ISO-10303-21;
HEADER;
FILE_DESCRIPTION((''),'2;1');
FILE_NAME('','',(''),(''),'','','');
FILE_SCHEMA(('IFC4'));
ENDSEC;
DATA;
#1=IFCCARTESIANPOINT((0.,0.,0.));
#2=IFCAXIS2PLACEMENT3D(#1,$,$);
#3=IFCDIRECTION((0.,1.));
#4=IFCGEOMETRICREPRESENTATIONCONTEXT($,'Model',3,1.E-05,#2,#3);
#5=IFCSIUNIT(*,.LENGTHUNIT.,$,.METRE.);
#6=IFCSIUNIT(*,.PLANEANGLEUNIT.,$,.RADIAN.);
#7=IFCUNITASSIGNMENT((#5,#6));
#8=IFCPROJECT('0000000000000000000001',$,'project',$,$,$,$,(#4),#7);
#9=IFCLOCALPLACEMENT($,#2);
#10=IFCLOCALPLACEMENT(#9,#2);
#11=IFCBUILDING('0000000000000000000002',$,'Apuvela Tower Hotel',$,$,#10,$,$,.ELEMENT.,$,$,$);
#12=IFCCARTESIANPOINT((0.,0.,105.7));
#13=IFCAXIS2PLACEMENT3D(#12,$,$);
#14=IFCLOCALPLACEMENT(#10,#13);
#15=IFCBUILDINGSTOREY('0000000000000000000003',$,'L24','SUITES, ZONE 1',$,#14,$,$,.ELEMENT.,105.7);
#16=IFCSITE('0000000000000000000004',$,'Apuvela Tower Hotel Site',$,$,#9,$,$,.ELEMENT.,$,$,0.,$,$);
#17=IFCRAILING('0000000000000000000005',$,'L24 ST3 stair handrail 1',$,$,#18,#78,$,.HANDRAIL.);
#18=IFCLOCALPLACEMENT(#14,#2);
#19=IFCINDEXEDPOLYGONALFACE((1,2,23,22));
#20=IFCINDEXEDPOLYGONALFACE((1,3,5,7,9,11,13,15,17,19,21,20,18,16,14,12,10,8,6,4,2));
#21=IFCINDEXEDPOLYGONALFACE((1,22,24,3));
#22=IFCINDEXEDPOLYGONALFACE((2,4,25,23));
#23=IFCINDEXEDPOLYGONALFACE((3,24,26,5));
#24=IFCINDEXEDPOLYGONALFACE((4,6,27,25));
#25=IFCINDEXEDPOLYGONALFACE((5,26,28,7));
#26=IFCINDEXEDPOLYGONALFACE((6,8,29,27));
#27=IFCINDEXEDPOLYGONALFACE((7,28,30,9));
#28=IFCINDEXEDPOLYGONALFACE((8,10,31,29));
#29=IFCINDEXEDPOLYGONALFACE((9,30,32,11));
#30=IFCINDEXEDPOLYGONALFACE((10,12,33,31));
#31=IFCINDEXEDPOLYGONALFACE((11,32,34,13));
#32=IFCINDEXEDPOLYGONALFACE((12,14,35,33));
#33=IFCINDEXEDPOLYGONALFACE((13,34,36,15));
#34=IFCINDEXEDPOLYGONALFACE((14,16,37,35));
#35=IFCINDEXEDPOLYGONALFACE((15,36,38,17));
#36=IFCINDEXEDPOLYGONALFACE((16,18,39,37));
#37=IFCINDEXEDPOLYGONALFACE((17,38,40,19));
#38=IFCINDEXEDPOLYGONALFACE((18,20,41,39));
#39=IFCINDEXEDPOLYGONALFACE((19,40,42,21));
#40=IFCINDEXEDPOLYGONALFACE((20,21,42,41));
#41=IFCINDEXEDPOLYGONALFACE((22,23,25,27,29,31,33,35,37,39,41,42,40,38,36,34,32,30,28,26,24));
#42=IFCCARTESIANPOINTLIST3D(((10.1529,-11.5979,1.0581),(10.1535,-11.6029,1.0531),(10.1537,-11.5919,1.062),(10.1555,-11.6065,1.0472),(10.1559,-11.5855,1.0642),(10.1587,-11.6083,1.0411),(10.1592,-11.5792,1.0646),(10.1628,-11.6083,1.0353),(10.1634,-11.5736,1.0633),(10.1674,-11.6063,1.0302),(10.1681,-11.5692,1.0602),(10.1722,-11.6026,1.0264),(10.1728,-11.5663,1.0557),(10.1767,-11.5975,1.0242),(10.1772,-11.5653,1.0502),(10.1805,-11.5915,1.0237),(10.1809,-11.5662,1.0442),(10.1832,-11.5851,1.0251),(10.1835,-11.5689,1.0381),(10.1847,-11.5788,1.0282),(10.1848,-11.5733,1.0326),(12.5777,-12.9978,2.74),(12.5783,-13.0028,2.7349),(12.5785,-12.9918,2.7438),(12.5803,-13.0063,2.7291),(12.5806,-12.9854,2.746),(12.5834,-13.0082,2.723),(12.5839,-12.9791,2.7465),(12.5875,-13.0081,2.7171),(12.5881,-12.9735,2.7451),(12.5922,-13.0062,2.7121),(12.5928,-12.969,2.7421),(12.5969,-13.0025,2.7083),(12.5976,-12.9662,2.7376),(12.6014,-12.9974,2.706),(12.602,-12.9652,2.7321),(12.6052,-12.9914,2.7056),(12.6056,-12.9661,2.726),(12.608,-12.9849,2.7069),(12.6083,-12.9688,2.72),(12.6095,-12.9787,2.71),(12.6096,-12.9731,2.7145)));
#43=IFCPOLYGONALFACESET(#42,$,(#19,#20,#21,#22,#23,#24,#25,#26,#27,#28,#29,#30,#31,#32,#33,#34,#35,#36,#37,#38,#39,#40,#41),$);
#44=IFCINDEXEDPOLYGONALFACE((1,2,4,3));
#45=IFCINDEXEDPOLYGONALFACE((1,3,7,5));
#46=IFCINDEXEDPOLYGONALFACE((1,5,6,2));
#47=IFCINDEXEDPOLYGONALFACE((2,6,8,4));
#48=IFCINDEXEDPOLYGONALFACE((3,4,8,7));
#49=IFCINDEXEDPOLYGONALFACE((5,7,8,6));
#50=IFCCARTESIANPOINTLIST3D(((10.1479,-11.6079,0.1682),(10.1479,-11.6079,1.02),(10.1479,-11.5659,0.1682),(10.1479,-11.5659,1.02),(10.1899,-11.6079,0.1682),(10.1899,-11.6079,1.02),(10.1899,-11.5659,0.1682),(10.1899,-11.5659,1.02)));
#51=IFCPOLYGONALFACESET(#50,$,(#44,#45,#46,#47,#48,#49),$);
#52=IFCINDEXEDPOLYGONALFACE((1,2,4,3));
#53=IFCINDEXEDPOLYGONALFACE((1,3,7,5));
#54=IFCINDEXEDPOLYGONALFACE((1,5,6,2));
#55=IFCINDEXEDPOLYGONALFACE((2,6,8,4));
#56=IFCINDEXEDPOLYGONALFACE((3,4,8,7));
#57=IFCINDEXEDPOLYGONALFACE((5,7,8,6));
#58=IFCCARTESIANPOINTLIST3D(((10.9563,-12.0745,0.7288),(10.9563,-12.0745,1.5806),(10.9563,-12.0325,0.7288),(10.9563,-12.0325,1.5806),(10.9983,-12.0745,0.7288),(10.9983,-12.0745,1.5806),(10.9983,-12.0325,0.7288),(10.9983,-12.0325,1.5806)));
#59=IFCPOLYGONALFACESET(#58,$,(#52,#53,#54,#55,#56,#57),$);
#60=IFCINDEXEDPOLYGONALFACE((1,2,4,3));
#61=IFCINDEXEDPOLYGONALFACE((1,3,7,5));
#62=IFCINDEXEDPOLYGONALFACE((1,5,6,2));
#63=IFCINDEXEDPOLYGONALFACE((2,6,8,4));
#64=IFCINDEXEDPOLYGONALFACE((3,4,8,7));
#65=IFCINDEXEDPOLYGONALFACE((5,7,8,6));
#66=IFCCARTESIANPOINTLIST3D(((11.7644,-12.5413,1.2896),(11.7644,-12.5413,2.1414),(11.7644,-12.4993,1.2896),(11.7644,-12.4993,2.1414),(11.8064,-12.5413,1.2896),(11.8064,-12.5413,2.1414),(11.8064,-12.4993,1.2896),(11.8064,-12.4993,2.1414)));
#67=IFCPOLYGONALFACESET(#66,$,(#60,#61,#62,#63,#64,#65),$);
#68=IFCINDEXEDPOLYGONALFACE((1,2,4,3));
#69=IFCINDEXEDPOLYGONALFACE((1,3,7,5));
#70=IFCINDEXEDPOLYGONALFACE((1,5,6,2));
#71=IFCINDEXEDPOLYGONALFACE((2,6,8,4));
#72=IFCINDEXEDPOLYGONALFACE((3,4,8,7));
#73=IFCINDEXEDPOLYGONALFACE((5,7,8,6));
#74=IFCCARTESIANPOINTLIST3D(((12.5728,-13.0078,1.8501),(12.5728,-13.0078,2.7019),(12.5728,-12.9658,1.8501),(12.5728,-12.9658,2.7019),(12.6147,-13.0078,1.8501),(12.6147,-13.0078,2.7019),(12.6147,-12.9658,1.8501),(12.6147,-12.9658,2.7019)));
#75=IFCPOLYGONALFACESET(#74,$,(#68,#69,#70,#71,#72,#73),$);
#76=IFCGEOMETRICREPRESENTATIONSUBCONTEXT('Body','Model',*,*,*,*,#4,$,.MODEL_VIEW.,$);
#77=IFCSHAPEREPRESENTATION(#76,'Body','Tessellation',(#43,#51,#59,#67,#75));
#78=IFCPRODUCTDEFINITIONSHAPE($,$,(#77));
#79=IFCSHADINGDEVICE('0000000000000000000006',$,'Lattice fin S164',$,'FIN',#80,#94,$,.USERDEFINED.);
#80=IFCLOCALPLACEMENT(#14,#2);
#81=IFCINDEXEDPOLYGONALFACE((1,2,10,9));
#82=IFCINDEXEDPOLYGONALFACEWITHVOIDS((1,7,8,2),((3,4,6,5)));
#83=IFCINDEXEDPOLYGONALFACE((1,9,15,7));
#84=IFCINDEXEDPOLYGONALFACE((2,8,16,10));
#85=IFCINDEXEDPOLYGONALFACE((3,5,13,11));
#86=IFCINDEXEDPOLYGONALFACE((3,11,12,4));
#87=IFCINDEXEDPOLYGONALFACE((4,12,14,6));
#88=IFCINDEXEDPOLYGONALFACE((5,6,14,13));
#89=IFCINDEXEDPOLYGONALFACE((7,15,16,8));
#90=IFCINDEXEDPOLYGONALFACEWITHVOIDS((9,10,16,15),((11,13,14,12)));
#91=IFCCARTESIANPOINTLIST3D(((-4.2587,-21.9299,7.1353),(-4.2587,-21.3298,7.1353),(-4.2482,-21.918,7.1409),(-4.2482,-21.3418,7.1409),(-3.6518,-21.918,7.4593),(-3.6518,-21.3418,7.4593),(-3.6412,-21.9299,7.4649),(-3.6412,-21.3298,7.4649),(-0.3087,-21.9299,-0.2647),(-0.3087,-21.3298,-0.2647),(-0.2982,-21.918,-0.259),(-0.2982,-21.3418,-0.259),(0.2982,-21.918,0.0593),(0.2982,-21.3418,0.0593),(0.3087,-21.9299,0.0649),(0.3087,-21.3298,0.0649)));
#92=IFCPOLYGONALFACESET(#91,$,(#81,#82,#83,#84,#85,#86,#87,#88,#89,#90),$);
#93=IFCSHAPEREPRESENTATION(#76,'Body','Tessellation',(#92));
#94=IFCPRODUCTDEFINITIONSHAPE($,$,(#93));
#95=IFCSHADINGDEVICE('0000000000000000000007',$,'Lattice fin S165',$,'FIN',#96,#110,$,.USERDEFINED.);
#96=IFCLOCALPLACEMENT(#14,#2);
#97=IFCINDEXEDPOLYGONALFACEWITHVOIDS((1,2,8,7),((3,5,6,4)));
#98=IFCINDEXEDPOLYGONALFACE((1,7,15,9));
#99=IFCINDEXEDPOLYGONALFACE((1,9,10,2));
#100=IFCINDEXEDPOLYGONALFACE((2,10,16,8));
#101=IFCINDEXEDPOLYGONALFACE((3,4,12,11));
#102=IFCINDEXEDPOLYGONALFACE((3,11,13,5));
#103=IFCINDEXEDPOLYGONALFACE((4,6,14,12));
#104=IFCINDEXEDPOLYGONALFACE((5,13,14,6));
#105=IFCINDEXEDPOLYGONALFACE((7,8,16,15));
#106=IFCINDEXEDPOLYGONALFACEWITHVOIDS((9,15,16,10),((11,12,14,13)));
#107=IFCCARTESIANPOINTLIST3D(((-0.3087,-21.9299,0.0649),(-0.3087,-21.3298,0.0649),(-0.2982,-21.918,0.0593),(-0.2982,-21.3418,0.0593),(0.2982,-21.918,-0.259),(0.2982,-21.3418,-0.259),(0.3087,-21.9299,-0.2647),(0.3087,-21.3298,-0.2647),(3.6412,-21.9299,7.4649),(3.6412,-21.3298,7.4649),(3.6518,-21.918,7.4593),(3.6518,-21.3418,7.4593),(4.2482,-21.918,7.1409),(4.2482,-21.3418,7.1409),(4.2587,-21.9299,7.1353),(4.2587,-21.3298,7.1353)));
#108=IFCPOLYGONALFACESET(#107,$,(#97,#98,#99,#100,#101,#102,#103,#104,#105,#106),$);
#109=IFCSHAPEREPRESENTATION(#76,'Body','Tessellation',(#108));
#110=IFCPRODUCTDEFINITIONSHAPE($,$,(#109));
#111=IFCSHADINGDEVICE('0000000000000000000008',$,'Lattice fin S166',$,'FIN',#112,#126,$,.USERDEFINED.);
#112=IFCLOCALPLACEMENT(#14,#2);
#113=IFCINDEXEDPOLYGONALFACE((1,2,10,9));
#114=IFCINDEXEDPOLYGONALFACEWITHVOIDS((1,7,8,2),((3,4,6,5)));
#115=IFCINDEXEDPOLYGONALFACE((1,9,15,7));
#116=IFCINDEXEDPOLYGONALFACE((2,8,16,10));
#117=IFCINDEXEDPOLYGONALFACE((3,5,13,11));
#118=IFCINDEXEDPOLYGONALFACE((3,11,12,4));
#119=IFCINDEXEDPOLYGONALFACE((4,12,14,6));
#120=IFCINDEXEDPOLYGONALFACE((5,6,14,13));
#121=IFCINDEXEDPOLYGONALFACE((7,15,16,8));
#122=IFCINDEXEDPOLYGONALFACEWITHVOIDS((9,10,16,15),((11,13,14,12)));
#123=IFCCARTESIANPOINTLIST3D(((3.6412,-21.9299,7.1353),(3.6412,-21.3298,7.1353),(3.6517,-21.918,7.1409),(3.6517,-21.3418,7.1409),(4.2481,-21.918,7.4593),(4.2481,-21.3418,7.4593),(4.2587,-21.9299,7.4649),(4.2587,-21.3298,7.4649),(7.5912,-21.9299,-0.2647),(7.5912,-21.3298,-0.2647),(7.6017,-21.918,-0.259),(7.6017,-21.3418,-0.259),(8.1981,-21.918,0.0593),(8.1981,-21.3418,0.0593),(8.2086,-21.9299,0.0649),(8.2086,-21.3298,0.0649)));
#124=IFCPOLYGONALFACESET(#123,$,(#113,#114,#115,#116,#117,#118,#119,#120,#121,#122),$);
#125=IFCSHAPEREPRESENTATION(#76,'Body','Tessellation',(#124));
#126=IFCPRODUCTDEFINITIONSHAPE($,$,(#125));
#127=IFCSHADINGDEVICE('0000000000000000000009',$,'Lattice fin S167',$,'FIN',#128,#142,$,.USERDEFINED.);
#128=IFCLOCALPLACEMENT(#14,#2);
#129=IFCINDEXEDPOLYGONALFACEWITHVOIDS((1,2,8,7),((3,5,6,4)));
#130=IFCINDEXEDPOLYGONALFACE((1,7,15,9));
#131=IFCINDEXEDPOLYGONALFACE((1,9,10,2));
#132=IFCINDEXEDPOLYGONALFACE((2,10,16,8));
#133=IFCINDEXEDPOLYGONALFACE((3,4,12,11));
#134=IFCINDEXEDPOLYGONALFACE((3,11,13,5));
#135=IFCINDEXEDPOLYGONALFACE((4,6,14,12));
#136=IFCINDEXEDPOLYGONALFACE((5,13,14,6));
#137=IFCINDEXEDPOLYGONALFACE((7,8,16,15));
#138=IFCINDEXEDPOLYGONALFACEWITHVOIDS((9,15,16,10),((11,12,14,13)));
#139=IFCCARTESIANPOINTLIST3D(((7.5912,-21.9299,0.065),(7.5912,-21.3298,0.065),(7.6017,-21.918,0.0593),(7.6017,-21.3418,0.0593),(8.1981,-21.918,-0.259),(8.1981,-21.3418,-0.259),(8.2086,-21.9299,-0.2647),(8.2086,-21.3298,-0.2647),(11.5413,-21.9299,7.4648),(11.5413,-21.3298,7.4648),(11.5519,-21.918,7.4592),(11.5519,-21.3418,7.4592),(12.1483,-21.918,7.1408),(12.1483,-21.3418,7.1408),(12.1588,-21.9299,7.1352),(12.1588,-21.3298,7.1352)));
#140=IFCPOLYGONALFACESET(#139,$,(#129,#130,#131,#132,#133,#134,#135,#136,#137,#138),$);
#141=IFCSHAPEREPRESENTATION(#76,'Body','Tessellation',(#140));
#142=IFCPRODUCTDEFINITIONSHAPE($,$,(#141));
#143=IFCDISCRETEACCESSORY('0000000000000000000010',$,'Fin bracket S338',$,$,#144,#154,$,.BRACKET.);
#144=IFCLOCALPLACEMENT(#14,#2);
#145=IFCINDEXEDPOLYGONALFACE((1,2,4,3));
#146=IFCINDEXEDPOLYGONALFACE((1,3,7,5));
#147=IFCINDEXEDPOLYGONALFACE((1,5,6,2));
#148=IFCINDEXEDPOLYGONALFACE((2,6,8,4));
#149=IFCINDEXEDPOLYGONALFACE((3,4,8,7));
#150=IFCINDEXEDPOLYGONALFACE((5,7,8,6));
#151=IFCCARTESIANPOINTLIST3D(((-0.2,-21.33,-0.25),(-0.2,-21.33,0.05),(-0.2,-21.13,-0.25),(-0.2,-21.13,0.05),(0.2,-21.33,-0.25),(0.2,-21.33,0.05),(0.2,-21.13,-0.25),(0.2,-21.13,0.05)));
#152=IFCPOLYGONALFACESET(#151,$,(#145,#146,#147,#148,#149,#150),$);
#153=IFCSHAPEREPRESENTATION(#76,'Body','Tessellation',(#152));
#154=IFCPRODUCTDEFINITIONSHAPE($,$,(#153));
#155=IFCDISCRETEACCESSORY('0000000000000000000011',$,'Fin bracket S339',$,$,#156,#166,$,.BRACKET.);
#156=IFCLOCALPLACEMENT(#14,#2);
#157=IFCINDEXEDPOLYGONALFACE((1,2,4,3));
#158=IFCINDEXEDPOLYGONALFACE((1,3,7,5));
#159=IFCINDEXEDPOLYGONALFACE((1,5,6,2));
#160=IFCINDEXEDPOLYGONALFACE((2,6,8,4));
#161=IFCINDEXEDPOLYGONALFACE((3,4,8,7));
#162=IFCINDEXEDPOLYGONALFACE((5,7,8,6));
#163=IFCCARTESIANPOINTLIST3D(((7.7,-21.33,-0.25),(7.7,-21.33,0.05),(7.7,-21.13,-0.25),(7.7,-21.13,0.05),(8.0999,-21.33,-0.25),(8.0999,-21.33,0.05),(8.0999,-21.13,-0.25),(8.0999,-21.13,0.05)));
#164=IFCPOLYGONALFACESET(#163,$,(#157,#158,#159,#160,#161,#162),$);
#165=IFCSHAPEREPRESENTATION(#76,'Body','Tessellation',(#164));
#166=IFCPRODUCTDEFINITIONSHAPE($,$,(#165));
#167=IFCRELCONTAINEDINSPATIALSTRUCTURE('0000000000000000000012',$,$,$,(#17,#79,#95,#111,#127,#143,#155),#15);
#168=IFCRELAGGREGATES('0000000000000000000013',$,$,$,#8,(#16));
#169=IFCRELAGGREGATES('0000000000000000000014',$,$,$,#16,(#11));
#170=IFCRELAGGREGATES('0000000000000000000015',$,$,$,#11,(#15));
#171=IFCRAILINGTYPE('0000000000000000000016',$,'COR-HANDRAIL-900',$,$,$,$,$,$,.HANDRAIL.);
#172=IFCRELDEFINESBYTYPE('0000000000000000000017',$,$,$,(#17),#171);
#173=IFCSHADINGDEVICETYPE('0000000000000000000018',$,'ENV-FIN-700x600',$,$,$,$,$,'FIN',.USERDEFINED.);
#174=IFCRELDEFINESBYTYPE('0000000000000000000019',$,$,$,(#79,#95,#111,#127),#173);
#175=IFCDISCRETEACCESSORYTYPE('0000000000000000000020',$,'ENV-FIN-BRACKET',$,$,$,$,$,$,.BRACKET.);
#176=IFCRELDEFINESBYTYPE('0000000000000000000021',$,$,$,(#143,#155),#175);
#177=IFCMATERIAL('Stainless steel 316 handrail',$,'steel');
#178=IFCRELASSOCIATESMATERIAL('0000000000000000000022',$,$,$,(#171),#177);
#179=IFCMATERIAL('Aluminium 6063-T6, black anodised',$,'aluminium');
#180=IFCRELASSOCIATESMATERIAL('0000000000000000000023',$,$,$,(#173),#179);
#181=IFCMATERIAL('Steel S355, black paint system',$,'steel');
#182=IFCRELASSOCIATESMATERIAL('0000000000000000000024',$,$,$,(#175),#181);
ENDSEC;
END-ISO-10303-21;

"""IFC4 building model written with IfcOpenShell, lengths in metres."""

from ifc_helpers import new_model, si_unit, direction, frame, origin, origin_2d, place, context, subcontext, project, spatial, rectangle, hollow_rectangle, circle, extrude, material, material_profile, profile_set, type_object, element, save


model = new_model("IFC4")

# Units and contexts
model_context = context("Model", 3, precision=1e-05, world=origin(), true_north=direction((0.0, 1.0)))
body_context = subcontext(model_context, "Body", "Model", "MODEL_VIEW")
ifc_project = project(units=[si_unit("LENGTHUNIT", "METRE"), si_unit("PLANEANGLEUNIT", "RADIAN")], contexts=[model_context])

# Site, building, storey
site_placement = place(None, origin())
site = spatial("IfcSite", under=ifc_project, at=site_placement, Name="Apuvela Tower Hotel Site", CompositionType="ELEMENT", RefElevation=0.0)
building_placement = place(site_placement, origin())
building = spatial("IfcBuilding", under=site, at=building_placement, Name="Apuvela Tower Hotel", CompositionType="ELEMENT")
storey_placement = place(building_placement, frame((0.0, 0.0, 105.7)))
storey = spatial("IfcBuildingStorey", under=building, at=storey_placement, Name="L24", Description="SUITES, ZONE 1", CompositionType="ELEMENT", Elevation=105.7)

# Railing
ifc_material_1 = material(Name="Stainless steel 316 handrail", Category="steel")
railing_type_1 = type_object("IfcRailingType", Name="COR-HANDRAIL-900", PredefinedType="HANDRAIL", material=ifc_material_1)
railing_1_placement = place(storey_placement, frame((10.1689, -11.5869, 0.1682)))
element("IfcRailing", 1, at=railing_1_placement, inside=storey, type_object=railing_type_1, Name="L24 ST3 stair handrail 1", PredefinedType="HANDRAIL", context=body_context, shape_type="SweptSolid", body=[
    extrude(circle(Radius=0.0239, at=origin_2d()), frame((0.0, 0.0, 0.876), z_axis=(0.74239, -0.428601, 0.514934), x_axis=(0.499984, 0.866035, 0.0)), (0.0, 0.0, 1.0), 3.2661),
    extrude(rectangle(XDim=0.042, YDim=0.042, at=origin_2d()), origin(), (0.0, 0.0, 1.0), 0.8518),
    extrude(rectangle(XDim=0.042, YDim=0.042, at=origin_2d()), frame((0.8083, -0.4666, 0.5605)), (0.0, 0.0, 1.0), 0.8518),
    extrude(rectangle(XDim=0.042, YDim=0.042, at=origin_2d()), frame((1.6165, -0.9333, 1.1213)), (0.0, 0.0, 1.0), 0.8518),
    extrude(rectangle(XDim=0.042, YDim=0.042, at=origin_2d()), frame((2.4248, -1.3999, 1.6819)), (0.0, 0.0, 1.0), 0.8518),
])

# Shading devices
ifc_material_2 = material(Name="Aluminium 6063-T6, black anodised", Category="aluminium")
ifc_material_profile_1 = material_profile(ifc_material_2, hollow_rectangle(XDim=0.6001, YDim=0.7, WallThickness=0.012, at=origin_2d()), Name="AL BOX 700x600x12")
ifc_profile_set_1 = profile_set([ifc_material_profile_1], Name="Aluminium 6063-T6, black anodised")
shading_device_type = type_object("IfcShadingDeviceType", Name="ENV-FIN-700x600", ElementType="FIN", PredefinedType="USERDEFINED", material=ifc_profile_set_1)
for number, where, z_axis, x_axis, name in (
    (2, (0.0, -21.6299, -0.0999), (-0.470898, 0.0, 0.882188), (0.0, -1.0, 0.0), "Lattice fin S164"),
    (3, (0.0, -21.6299, -0.0999), (0.470898, 0.0, 0.882188), (0.0, 1.0, 0.0), "Lattice fin S165"),
    (4, (7.8999, -21.6299, -0.0999), (-0.470898, 0.0, 0.882188), (0.0, -1.0, 0.0), "Lattice fin S166"),
    (5, (7.8999, -21.6299, -0.0999), (0.470921, 0.0, 0.882176), (0.0, 1.0, 0.0), "Lattice fin S167"),
):
    element("IfcShadingDevice", number, at=place(storey_placement, frame(where, z_axis=z_axis, x_axis=x_axis)), inside=storey, type_object=shading_device_type, Name=name, ObjectType="FIN", PredefinedType="USERDEFINED", context=body_context, shape_type="SweptSolid", body=[
        extrude(hollow_rectangle(XDim=0.6001, YDim=0.7, WallThickness=0.012, at=origin_2d()), origin(), (0.0, 0.0, 1.0), 8.3882),
    ])

# Discrete accessories
ifc_material_3 = material(Name="Steel S355, black paint system", Category="steel")
discrete_accessory_type = type_object("IfcDiscreteAccessoryType", Name="ENV-FIN-BRACKET", PredefinedType="BRACKET", material=ifc_material_3)
for number, where, z_axis, x_axis, name in (
    (6, (0.0, -21.23, -0.25), (0.0, 0.0, 1.0), (1.0, 0.0, 0.0), "Fin bracket S338"),
    (7, (7.8999, -21.23, -0.25), (0.0, 0.0, 1.0), (1.0, 0.0, 0.0), "Fin bracket S339"),
):
    element("IfcDiscreteAccessory", number, at=place(storey_placement, frame(where, z_axis=z_axis, x_axis=x_axis)), inside=storey, type_object=discrete_accessory_type, Name=name, PredefinedType="BRACKET", context=body_context, shape_type="SweptSolid", body=[
        extrude(rectangle(XDim=0.3999, YDim=0.2, at=origin_2d()), origin(), (0.0, 0.0, 1.0), 0.3),
    ])

save(model, "model.ifc")
